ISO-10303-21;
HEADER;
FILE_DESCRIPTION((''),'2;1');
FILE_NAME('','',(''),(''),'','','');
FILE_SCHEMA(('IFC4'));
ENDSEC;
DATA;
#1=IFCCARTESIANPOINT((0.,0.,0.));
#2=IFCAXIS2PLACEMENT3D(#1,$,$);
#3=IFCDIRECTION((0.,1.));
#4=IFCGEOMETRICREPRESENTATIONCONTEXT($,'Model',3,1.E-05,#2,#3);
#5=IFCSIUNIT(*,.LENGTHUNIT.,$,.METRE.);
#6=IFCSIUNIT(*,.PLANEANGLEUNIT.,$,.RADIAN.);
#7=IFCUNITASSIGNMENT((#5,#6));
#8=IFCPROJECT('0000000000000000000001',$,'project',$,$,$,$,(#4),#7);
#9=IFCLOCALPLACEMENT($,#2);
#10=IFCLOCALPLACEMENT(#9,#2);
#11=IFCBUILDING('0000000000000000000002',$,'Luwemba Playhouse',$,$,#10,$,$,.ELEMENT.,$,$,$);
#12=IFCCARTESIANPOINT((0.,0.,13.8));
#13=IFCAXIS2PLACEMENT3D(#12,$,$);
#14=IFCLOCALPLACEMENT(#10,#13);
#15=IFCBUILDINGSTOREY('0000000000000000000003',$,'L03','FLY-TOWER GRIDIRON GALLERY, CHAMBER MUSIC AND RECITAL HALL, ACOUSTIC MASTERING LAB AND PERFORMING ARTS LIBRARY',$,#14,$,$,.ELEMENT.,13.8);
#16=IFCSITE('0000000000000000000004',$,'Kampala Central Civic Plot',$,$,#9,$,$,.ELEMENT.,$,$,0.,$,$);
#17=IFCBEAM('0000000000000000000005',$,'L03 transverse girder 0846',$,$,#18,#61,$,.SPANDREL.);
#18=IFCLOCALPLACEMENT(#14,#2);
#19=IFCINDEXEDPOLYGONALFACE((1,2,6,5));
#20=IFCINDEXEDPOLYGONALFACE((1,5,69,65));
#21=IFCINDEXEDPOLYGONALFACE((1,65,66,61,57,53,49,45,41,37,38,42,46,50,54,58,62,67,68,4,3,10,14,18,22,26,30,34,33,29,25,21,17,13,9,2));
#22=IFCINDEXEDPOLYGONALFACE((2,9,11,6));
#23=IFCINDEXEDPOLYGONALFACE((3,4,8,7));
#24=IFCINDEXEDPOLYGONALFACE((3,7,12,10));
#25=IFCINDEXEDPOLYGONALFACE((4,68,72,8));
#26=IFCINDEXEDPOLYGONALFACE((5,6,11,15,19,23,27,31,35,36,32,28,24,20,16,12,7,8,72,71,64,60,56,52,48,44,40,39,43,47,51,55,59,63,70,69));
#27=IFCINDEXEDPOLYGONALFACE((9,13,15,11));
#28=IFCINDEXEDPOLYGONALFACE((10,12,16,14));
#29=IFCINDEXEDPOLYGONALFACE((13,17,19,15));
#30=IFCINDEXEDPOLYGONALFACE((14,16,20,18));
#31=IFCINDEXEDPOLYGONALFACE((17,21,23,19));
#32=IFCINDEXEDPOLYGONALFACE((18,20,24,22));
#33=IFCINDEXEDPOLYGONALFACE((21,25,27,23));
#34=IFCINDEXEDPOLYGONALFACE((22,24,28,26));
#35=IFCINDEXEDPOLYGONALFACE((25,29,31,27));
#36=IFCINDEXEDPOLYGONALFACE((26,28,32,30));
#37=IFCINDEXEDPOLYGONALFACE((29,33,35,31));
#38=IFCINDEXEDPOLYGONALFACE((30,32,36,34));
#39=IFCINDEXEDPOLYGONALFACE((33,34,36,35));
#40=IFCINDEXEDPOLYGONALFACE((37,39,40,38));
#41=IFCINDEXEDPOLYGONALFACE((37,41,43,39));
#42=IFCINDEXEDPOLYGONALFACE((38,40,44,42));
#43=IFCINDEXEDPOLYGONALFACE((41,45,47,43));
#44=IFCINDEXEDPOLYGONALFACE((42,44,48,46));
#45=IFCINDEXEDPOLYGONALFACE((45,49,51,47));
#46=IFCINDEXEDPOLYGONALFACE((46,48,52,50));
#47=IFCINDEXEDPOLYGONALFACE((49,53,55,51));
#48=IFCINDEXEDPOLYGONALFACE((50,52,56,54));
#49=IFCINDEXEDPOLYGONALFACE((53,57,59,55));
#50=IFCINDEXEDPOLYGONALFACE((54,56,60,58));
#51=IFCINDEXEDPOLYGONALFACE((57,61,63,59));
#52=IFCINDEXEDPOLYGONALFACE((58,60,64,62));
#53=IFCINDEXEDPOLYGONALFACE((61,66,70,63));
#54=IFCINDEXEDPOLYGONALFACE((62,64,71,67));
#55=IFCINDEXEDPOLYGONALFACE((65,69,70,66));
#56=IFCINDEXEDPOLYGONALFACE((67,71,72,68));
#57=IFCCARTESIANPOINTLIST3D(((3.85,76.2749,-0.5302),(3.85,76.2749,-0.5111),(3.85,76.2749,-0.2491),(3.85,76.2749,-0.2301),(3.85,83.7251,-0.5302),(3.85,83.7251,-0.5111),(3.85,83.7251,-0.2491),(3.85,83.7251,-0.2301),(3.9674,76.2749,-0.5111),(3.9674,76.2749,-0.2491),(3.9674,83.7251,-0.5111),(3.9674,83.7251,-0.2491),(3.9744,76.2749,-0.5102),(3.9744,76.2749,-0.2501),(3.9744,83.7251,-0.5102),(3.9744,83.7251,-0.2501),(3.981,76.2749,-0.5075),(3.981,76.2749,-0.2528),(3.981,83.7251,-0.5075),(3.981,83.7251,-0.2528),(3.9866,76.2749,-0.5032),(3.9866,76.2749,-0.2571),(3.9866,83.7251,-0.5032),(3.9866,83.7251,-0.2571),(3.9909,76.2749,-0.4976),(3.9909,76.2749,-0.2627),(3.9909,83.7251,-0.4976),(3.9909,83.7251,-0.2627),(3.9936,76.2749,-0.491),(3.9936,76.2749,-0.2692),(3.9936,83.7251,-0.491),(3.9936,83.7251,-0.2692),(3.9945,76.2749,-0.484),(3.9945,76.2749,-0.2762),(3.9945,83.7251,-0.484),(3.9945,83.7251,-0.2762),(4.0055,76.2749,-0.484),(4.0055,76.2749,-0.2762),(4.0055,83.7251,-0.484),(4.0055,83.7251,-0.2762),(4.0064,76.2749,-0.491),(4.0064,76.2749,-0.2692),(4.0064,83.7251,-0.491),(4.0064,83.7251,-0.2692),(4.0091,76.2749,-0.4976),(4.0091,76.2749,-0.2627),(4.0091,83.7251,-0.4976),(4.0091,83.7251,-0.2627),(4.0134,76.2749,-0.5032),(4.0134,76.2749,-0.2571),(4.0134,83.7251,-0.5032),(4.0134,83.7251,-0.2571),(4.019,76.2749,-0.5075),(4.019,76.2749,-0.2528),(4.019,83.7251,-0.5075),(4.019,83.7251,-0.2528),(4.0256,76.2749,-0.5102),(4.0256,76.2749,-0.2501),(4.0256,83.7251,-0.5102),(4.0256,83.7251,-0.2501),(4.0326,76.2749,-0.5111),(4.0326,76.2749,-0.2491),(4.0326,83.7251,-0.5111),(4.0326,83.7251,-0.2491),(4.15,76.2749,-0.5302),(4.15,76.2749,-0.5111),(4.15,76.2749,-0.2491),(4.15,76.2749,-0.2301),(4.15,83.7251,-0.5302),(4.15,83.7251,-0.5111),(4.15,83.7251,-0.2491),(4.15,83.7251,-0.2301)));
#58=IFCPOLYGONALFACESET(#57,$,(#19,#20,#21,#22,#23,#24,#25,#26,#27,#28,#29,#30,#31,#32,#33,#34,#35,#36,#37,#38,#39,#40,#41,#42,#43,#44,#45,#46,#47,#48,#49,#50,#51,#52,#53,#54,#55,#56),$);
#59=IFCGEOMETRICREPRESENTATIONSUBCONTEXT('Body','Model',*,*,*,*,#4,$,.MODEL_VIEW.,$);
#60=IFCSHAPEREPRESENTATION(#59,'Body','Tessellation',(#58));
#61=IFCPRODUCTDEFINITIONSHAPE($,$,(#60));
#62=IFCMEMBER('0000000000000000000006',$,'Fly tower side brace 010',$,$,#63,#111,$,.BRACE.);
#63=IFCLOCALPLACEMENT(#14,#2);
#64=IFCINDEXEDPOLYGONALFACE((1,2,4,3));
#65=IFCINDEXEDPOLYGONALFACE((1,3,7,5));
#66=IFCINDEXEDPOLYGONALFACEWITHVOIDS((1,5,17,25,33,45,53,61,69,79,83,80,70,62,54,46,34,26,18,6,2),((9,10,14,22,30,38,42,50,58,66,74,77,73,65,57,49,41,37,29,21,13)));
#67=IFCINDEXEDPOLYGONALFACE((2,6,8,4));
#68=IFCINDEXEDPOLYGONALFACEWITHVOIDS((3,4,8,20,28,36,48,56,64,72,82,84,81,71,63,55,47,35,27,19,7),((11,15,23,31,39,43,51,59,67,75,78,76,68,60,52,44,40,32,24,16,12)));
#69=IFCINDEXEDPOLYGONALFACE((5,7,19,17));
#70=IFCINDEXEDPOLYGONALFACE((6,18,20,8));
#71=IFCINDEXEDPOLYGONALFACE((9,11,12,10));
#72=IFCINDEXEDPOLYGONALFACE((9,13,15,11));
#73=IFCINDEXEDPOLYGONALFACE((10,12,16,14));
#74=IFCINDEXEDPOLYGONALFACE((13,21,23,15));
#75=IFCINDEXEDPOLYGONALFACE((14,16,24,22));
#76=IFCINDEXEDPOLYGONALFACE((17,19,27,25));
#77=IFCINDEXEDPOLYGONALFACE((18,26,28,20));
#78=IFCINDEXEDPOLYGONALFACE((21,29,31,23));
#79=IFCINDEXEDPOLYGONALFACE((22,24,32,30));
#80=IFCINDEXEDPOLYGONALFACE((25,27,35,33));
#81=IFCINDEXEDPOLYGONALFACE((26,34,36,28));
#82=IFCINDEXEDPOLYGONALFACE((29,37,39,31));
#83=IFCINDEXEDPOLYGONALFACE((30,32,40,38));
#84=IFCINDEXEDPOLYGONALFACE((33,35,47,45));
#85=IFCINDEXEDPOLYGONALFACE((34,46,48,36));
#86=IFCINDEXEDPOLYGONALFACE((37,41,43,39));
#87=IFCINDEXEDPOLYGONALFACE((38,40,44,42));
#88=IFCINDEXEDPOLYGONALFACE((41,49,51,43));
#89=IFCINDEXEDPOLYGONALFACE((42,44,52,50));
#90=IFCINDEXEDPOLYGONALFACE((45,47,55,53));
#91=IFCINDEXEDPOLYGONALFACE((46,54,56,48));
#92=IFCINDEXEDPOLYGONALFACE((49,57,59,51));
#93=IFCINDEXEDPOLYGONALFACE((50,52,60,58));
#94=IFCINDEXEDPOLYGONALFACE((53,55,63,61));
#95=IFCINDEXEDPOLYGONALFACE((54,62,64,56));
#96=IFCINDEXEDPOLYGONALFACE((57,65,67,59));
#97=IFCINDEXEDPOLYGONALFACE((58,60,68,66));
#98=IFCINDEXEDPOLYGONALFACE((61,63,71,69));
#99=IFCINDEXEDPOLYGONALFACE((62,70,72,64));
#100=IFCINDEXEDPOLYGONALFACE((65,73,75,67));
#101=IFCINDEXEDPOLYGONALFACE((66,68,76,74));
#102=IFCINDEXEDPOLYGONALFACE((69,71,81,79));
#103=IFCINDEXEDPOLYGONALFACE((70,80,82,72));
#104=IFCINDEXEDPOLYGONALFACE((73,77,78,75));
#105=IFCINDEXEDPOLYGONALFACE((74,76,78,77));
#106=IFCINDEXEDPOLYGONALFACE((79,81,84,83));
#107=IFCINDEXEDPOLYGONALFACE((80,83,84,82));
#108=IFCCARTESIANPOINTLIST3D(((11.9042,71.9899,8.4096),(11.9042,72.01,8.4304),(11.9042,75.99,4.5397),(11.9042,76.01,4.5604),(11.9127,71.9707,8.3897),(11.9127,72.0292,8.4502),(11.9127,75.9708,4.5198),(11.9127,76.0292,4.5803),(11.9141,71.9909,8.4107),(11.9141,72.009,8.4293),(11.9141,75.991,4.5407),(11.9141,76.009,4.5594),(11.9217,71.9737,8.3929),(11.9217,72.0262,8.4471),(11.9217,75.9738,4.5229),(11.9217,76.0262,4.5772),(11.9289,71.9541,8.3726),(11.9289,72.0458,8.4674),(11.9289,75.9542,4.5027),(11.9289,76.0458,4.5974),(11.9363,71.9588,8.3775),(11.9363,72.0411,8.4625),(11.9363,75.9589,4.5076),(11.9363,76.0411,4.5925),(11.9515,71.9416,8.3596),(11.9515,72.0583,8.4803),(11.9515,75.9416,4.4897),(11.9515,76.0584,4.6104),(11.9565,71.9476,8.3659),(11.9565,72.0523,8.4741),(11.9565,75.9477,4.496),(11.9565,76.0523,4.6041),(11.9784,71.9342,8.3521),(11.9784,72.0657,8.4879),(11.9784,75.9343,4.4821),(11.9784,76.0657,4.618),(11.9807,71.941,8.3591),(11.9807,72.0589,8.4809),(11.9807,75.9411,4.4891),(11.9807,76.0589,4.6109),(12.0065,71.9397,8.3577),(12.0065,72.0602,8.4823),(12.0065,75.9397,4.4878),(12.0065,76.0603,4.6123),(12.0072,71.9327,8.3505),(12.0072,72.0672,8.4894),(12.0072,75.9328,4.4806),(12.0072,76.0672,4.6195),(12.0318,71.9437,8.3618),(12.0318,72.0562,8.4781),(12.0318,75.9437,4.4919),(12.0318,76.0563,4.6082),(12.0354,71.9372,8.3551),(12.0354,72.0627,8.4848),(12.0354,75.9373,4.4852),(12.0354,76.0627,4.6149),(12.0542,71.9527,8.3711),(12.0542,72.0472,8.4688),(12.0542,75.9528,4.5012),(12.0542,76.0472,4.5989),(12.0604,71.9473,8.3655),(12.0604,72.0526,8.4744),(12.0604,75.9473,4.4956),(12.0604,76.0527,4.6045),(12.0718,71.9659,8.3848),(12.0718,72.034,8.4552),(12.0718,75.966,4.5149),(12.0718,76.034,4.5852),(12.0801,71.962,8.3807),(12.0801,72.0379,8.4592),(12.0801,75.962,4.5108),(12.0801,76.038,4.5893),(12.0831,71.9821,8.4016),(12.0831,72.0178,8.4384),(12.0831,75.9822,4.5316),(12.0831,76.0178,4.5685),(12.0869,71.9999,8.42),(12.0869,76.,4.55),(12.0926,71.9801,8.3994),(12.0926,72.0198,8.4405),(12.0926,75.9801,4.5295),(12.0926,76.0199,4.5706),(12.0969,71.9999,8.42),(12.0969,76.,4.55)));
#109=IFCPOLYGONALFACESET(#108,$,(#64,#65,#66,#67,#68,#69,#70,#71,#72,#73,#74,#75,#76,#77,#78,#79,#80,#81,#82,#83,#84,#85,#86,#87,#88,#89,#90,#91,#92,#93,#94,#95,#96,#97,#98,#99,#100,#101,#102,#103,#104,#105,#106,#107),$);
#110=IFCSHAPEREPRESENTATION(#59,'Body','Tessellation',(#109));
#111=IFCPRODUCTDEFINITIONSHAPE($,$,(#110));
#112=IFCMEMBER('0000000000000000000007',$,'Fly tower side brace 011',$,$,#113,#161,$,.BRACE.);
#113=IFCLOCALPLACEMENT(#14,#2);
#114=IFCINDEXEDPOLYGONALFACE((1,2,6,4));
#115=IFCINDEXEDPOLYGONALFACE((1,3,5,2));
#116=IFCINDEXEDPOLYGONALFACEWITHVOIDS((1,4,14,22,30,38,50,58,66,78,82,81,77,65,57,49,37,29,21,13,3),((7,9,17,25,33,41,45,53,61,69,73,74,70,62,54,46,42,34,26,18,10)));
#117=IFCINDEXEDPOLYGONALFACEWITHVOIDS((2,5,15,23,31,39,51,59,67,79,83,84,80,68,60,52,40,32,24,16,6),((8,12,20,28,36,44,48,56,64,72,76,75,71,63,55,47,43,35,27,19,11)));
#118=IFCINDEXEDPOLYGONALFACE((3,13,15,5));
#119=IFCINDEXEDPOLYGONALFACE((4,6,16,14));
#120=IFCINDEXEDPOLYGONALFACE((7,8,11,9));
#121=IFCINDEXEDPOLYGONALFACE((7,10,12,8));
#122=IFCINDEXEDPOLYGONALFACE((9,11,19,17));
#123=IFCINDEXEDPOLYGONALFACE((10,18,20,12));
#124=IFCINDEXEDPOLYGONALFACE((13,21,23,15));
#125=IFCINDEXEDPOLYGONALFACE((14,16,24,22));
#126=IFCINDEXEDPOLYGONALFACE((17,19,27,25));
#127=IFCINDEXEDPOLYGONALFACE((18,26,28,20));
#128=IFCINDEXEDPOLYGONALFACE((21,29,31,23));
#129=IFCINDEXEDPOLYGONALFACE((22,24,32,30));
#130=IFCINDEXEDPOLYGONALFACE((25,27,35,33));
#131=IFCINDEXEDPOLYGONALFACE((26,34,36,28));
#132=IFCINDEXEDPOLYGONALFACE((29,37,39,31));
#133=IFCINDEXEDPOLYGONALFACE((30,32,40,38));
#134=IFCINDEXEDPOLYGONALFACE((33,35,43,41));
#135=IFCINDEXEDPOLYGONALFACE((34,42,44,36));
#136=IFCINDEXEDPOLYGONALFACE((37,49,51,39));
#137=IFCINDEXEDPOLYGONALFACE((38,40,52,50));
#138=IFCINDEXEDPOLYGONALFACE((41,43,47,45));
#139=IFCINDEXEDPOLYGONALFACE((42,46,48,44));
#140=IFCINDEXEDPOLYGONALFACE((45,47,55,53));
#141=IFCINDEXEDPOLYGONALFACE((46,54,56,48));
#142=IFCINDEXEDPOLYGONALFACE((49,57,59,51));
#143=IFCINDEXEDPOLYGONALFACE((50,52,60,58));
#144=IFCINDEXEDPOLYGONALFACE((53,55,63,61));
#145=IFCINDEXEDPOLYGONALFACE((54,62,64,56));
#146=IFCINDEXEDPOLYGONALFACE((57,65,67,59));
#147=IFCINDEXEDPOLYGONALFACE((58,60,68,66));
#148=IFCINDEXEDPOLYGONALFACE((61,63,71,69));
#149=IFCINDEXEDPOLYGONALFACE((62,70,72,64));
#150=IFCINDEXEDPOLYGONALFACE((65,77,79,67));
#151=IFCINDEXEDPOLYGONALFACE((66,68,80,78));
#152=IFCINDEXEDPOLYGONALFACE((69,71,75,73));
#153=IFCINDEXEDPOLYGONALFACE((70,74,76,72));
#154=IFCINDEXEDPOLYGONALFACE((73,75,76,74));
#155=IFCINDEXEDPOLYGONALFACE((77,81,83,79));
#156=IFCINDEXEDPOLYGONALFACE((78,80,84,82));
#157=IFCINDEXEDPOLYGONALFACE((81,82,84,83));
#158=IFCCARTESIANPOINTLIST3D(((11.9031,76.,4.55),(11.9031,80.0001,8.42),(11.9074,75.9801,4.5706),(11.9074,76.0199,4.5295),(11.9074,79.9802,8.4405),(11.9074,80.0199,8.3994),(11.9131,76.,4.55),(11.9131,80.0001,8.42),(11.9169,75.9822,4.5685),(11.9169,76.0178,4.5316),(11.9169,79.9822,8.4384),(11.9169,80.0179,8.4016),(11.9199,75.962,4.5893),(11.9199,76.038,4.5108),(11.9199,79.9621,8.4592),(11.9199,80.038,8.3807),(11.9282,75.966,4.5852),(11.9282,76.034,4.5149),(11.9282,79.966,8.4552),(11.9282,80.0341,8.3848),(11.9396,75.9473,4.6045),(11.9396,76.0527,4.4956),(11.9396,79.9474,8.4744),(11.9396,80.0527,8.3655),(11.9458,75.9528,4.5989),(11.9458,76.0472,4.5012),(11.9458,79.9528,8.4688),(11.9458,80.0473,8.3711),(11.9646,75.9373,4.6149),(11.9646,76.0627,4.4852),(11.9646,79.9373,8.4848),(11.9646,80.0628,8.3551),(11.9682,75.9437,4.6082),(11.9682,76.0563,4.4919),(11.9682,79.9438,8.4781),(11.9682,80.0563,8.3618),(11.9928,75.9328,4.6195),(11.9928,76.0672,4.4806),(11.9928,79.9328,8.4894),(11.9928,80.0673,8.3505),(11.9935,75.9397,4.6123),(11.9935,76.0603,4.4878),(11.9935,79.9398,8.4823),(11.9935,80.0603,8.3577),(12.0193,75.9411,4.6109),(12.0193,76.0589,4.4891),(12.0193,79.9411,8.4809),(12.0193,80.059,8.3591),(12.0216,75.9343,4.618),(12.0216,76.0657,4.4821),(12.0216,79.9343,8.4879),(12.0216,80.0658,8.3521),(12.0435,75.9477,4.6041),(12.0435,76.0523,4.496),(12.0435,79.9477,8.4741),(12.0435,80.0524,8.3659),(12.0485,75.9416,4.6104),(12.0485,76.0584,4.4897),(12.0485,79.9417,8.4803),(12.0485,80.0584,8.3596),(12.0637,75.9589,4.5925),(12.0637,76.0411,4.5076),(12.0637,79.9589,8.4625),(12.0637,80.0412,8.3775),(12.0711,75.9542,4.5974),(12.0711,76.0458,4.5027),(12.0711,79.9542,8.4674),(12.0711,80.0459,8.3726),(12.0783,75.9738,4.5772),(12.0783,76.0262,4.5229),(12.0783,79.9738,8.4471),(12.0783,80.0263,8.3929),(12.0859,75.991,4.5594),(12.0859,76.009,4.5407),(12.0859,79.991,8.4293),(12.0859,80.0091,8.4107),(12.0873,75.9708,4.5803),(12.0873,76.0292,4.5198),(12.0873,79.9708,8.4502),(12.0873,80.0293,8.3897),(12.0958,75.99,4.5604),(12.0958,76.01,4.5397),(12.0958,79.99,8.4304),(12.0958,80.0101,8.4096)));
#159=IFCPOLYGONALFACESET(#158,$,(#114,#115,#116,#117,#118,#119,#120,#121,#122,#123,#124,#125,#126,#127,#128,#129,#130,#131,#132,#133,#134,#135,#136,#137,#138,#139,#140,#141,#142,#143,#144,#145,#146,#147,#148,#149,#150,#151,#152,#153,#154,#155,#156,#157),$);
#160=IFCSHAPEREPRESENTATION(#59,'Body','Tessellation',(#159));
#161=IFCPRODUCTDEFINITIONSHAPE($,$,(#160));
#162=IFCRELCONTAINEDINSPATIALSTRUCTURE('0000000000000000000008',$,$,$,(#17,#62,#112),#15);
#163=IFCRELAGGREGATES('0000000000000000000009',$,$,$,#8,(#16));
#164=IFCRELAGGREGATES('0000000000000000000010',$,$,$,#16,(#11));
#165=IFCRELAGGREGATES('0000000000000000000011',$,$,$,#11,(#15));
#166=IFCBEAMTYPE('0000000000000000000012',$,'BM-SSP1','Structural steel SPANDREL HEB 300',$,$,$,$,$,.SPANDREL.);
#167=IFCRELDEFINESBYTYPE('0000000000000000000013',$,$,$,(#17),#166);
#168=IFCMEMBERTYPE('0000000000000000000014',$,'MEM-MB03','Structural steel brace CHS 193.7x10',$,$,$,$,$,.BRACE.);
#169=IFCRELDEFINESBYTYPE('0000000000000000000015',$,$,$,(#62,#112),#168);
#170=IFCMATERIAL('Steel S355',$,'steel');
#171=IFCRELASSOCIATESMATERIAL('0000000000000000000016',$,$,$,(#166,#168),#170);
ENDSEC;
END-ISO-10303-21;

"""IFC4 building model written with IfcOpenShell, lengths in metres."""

from ifc_helpers import new_model, si_unit, direction, frame, origin, origin_2d, place, context, subcontext, project, spatial, hollow_circle, i_section, extrude, material, material_profile, profile_set, type_object, element, save


model = new_model("IFC4")

# Units and contexts
model_context = context("Model", 3, precision=1e-05, world=origin(), true_north=direction((0.0, 1.0)))
body_context = subcontext(model_context, "Body", "Model", "MODEL_VIEW")
ifc_project = project(units=[si_unit("LENGTHUNIT", "METRE"), si_unit("PLANEANGLEUNIT", "RADIAN")], contexts=[model_context])

# Site, building, storey
site_placement = place(None, origin())
site = spatial("IfcSite", under=ifc_project, at=site_placement, Name="Kampala Central Civic Plot", CompositionType="ELEMENT", RefElevation=0.0)
building_placement = place(site_placement, origin())
building = spatial("IfcBuilding", under=site, at=building_placement, Name="Luwemba Playhouse", CompositionType="ELEMENT")
storey_placement = place(building_placement, frame((0.0, 0.0, 13.8)))
storey = spatial("IfcBuildingStorey", under=building, at=storey_placement, Name="L03", Description="FLY-TOWER GRIDIRON GALLERY, CHAMBER MUSIC AND RECITAL HALL, ACOUSTIC MASTERING LAB AND PERFORMING ARTS LIBRARY", CompositionType="ELEMENT", Elevation=13.8)

# Shared definitions
ifc_material_1 = material(Name="Steel S355", Category="steel")

# Beam
ifc_material_profile_1 = material_profile(ifc_material_1, i_section(OverallWidth=0.3, OverallDepth=0.3, WebThickness=0.011, FlangeThickness=0.019, FilletRadius=0.0271, at=origin_2d()))
ifc_profile_set_1 = profile_set([ifc_material_profile_1], Name="Steel S355")
beam_type_1 = type_object("IfcBeamType", Name="BM-SSP1", Description="Structural steel SPANDREL HEB 300", PredefinedType="SPANDREL", material=ifc_profile_set_1)
beam_1_placement = place(storey_placement, frame((4.0, 76.2749, -0.3801), z_axis=(0.0, 1.0, 0.0), x_axis=(-1.0, 0.0, 0.0)))
element("IfcBeam", 1, at=beam_1_placement, inside=storey, type_object=beam_type_1, Name="L03 transverse girder 0846", PredefinedType="SPANDREL", context=body_context, shape_type="SweptSolid", body=[
    extrude(i_section(OverallWidth=0.3, OverallDepth=0.3, WebThickness=0.011, FlangeThickness=0.019, FilletRadius=0.0271, at=origin_2d()), origin(), (0.0, 0.0, 1.0), 7.4502),
])

# Members
ifc_material_profile_2 = material_profile(ifc_material_1, hollow_circle(Radius=0.0969, WallThickness=0.01, at=origin_2d()))
ifc_profile_set_2 = profile_set([ifc_material_profile_2], Name="Steel S355")
member_type_1 = type_object("IfcMemberType", Name="MEM-MB03", Description="Structural steel brace CHS 193.7x10", PredefinedType="BRACE", material=ifc_profile_set_2)
for number, where, z_axis, x_axis, name in (
    (2, (12.0, 76.0, 4.55), (0.0, -0.7187, 0.69532), (1.0, 0.0, 0.0), "Fly tower side brace 010"),
    (3, (12.0, 76.0, 4.55), (0.0, 0.7187, 0.69532), (-1.0, 0.0, 0.0), "Fly tower side brace 011"),
):
    element("IfcMember", number, at=place(storey_placement, frame(where, z_axis=z_axis, x_axis=x_axis)), inside=storey, type_object=member_type_1, Name=name, PredefinedType="BRACE", context=body_context, shape_type="SweptSolid", body=[
        extrude(hollow_circle(Radius=0.0969, WallThickness=0.01, at=origin_2d()), origin(), (0.0, 0.0, 1.0), 5.5657),
    ])

save(model, "model.ifc")
